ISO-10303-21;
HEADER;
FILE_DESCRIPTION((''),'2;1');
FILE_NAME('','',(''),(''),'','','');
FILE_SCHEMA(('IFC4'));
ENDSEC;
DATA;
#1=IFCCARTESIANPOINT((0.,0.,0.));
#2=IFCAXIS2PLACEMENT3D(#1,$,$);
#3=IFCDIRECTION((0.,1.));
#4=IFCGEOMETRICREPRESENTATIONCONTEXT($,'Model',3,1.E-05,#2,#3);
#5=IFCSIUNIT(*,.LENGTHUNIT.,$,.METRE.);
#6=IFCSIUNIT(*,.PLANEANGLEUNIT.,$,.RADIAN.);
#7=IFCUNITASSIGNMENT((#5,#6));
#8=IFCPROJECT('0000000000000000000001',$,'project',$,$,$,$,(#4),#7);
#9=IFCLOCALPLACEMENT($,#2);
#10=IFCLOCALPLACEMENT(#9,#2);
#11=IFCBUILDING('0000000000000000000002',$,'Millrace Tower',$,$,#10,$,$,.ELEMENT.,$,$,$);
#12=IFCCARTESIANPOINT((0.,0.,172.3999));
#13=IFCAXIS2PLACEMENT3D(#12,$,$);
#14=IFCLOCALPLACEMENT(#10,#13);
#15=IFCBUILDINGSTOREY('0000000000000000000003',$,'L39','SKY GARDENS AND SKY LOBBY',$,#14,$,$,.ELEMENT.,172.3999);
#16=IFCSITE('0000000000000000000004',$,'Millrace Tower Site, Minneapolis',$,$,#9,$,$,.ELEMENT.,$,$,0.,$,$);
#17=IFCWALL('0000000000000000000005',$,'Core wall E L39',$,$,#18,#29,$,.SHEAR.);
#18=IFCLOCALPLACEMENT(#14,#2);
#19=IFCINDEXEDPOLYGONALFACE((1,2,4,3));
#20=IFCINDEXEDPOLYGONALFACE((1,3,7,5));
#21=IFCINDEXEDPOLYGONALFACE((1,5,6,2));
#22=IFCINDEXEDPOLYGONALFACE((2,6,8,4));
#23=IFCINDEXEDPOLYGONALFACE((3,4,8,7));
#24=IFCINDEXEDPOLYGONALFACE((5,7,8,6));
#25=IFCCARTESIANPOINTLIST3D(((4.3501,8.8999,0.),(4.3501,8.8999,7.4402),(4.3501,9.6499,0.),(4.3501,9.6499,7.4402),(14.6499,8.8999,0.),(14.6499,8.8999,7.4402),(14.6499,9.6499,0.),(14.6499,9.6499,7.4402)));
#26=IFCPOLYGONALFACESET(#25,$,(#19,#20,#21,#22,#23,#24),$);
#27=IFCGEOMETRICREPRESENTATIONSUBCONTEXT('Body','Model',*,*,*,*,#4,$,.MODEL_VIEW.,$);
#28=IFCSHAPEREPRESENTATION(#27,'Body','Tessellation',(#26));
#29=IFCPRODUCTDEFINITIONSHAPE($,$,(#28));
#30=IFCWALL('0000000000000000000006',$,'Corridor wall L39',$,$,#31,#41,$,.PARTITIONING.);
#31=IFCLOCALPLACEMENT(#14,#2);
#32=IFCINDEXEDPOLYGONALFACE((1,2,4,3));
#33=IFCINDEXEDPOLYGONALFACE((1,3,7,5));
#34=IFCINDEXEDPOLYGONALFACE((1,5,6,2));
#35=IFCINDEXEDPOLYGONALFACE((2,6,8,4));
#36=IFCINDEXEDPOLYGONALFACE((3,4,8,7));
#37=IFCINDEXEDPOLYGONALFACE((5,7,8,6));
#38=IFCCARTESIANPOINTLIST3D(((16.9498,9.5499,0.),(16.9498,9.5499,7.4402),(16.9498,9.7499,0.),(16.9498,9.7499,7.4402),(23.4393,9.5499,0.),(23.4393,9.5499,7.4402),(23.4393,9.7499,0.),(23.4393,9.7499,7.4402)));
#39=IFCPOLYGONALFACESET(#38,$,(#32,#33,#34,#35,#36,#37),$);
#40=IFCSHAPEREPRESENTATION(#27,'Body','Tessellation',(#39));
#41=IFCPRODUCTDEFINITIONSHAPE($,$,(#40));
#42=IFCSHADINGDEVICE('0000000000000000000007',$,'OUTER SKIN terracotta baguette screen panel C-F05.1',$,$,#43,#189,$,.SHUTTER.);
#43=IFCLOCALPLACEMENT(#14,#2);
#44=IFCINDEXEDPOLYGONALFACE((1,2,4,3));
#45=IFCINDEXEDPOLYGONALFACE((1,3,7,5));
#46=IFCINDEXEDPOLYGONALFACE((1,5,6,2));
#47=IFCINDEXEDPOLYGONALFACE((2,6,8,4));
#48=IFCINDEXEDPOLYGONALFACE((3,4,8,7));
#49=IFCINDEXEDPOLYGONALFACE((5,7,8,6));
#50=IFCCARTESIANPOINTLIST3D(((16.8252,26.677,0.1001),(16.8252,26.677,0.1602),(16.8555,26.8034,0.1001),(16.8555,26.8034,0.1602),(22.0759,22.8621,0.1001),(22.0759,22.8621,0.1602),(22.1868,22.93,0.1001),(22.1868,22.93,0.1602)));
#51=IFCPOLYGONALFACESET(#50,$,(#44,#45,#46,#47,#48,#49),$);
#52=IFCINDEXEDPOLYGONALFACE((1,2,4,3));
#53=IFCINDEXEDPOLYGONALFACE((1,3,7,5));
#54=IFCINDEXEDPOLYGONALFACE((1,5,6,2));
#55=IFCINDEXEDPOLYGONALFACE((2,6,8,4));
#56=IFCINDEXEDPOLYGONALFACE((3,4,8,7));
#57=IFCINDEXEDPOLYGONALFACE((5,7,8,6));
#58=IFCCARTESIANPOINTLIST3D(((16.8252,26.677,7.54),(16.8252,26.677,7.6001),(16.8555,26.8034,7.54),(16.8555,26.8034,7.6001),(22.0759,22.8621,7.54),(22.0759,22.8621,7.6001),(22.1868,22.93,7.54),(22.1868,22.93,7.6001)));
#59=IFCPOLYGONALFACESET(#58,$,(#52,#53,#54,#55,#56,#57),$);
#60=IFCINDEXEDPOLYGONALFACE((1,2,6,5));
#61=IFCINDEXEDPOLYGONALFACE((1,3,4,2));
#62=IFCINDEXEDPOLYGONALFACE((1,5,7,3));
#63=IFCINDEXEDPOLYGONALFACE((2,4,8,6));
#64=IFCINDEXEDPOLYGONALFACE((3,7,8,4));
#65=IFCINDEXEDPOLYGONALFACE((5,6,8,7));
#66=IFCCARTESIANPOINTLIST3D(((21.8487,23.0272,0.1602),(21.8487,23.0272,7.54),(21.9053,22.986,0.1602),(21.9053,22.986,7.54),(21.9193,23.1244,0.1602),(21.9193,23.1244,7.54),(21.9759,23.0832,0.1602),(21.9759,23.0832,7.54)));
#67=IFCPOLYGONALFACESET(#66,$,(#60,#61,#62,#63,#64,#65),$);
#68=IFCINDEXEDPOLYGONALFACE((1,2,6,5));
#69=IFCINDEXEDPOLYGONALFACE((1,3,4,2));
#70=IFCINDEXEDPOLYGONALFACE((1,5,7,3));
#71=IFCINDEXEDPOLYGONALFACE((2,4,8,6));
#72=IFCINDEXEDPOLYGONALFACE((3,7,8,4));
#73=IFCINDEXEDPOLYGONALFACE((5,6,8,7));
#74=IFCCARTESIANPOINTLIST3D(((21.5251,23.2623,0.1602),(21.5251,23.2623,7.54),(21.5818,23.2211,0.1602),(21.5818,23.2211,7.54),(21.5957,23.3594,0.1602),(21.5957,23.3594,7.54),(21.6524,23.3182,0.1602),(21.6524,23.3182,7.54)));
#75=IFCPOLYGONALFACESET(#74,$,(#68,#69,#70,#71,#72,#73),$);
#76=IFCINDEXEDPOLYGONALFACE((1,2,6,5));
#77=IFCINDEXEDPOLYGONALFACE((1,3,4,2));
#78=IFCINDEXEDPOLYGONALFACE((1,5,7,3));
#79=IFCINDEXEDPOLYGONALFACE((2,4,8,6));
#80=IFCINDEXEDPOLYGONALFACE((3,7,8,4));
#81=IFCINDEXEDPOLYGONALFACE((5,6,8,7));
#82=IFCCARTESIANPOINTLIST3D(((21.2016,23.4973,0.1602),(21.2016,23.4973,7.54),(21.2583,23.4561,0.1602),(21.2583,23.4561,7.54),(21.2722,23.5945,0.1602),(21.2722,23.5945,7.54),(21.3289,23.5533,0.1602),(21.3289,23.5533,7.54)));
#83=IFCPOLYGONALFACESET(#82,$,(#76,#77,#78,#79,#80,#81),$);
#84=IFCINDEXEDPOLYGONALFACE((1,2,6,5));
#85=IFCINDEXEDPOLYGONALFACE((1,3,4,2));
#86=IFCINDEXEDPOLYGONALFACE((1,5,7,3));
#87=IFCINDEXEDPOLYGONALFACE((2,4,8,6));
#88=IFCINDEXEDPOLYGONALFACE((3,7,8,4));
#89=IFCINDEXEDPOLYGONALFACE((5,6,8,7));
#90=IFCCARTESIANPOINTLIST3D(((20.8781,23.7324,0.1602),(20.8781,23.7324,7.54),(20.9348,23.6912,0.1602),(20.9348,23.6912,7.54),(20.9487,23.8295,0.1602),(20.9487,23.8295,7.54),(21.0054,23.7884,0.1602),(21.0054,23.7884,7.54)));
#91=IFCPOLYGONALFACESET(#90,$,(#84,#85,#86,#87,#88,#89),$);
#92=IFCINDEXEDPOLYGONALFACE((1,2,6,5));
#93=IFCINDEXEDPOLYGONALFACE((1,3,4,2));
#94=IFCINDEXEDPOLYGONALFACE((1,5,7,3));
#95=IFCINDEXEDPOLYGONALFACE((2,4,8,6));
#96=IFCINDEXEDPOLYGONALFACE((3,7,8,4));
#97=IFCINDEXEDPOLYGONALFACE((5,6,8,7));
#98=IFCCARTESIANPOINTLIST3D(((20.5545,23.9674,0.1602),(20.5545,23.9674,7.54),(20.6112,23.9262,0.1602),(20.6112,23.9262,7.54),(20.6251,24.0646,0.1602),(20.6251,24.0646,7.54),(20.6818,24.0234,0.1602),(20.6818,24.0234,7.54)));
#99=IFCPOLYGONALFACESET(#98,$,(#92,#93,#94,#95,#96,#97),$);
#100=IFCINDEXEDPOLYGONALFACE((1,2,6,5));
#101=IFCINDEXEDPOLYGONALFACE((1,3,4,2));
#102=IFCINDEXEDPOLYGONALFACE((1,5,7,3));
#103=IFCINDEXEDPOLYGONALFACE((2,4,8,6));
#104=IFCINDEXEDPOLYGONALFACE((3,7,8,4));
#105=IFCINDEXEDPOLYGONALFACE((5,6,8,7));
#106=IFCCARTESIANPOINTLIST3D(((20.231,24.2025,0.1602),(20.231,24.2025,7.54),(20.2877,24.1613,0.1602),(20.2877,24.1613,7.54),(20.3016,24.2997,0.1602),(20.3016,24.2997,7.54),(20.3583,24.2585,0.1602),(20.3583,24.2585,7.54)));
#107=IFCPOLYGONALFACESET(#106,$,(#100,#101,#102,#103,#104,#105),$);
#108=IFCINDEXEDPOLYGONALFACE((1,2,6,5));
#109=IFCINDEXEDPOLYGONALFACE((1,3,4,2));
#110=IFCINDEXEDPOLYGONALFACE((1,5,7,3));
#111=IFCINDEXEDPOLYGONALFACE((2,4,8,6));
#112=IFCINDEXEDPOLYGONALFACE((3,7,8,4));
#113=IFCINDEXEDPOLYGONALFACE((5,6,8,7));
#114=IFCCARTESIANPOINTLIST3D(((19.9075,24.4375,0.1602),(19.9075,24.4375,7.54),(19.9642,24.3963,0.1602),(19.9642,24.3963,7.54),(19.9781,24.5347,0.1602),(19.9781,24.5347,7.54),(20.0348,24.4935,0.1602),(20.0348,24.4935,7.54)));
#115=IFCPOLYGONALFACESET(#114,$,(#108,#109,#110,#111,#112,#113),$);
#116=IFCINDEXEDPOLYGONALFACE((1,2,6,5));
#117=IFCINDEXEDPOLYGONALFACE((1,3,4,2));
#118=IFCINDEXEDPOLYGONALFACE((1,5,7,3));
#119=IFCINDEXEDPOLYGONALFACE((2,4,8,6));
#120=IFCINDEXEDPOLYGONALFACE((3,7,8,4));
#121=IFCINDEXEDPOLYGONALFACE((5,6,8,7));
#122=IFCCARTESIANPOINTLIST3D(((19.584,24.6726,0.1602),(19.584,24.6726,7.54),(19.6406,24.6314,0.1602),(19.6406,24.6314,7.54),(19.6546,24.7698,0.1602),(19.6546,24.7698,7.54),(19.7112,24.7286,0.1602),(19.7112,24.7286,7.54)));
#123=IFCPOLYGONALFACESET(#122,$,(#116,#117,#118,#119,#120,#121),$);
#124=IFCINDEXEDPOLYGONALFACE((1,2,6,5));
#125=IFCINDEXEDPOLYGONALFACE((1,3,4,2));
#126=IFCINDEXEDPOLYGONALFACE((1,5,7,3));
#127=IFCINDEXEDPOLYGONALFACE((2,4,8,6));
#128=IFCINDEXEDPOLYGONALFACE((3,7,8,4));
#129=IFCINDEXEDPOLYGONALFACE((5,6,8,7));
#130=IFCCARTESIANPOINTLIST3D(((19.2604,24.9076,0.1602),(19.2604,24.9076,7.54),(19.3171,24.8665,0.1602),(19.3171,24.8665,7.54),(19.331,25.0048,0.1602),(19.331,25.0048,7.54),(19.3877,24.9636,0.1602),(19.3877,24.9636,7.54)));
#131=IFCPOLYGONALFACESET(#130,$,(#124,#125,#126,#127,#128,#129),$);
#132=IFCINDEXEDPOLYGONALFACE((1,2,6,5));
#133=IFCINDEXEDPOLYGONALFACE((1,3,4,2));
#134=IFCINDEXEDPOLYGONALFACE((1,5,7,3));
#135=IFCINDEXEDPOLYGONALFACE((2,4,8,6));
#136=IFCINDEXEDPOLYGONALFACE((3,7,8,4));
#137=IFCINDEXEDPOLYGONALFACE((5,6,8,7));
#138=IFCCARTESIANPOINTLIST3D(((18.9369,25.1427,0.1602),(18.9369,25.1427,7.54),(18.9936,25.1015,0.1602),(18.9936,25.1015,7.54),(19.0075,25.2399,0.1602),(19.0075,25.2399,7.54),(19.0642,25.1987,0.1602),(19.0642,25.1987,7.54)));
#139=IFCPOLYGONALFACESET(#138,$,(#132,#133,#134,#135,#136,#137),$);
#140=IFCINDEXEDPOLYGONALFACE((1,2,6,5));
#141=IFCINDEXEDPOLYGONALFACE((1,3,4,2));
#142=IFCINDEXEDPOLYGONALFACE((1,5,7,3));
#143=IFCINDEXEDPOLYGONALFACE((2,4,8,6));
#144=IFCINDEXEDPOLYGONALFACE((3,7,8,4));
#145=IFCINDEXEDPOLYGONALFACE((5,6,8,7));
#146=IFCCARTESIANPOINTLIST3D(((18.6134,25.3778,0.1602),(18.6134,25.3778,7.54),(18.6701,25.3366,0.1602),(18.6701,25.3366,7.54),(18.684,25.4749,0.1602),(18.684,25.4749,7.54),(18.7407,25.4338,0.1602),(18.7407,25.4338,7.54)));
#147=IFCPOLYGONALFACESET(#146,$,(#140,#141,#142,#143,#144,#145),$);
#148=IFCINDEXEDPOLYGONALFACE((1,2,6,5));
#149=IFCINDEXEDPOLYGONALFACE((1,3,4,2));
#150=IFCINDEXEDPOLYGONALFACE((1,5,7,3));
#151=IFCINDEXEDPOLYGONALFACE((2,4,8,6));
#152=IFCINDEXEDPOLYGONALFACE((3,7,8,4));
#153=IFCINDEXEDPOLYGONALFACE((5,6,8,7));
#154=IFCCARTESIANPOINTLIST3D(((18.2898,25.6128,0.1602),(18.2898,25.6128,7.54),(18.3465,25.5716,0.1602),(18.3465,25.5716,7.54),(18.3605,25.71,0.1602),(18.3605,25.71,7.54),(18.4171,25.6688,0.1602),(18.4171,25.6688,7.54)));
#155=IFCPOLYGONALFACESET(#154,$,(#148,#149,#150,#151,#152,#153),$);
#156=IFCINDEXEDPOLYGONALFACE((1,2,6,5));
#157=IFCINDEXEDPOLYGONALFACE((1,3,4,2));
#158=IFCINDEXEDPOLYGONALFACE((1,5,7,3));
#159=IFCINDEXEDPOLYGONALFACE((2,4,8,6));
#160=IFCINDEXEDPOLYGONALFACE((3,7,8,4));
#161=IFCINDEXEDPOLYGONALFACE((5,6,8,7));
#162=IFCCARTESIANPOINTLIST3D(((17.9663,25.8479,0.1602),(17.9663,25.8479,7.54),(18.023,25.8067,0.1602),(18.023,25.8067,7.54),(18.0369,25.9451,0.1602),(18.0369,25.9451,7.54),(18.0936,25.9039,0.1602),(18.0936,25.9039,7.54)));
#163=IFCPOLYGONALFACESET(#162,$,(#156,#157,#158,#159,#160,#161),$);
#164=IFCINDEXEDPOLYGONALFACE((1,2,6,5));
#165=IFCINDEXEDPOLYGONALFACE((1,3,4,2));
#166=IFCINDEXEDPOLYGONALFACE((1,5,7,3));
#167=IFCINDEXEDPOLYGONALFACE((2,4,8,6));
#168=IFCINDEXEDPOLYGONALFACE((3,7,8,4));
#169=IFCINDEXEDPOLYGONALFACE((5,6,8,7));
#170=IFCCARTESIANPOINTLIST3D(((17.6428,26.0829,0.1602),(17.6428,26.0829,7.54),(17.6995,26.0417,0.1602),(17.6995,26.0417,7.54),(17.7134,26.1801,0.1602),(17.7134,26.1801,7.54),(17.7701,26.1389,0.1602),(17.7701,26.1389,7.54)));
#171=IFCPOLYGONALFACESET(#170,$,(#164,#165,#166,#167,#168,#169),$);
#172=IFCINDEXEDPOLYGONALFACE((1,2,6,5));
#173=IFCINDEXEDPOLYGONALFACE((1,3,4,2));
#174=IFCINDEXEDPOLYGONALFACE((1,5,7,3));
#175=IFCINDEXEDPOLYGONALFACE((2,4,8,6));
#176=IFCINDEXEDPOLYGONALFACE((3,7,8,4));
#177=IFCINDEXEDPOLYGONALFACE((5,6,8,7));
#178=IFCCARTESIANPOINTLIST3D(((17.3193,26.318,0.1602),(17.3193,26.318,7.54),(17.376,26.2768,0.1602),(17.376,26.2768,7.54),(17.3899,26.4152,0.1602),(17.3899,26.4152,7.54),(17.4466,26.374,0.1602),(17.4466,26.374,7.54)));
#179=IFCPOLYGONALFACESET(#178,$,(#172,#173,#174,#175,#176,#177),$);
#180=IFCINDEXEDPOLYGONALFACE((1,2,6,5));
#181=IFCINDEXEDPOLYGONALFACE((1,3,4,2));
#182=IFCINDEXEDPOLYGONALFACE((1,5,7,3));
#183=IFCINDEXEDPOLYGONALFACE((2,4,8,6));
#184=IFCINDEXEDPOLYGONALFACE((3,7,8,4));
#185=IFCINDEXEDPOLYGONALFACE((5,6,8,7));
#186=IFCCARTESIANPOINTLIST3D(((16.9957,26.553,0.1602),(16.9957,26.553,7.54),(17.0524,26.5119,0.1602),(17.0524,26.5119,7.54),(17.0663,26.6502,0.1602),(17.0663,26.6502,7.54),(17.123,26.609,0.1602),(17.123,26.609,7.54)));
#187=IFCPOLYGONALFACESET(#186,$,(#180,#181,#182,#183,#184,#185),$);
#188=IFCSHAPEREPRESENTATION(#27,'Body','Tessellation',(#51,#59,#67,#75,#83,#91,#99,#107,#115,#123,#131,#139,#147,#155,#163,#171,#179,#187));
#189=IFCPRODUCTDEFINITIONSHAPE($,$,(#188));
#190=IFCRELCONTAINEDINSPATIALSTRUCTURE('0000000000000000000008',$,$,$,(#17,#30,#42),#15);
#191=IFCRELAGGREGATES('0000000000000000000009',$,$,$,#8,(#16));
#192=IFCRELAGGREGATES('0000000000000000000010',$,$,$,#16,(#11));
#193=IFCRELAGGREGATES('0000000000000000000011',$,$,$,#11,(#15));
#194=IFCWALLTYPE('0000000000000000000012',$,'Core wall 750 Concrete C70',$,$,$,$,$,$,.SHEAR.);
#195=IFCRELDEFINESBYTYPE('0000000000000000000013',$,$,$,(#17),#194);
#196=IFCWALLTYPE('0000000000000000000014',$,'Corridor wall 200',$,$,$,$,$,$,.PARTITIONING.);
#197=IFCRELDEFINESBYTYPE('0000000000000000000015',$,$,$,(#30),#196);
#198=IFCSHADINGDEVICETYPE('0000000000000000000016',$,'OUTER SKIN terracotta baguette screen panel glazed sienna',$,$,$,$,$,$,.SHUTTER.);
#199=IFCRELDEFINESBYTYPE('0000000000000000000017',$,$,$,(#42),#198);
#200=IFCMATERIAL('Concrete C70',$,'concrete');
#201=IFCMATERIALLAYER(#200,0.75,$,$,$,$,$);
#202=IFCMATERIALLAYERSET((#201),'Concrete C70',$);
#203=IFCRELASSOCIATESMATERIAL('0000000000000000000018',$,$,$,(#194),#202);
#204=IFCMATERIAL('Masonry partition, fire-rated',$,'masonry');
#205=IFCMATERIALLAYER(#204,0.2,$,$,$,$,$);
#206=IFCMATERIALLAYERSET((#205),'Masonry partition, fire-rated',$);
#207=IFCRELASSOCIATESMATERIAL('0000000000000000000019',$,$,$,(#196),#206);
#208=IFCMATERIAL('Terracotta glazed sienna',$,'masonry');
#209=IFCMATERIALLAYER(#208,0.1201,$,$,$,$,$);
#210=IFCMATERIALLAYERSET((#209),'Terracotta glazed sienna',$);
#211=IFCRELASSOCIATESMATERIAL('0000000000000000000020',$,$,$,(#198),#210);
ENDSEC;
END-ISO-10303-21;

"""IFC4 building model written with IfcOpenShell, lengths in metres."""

from ifc_helpers import new_model, entity, si_unit, direction, frame, frame_2d, origin, place, context, subcontext, project, spatial, rectangle, extrude, source, transform, mapped, material, layer, layer_set, type_object, element, save


model = new_model("IFC4")

# Units and contexts
model_context = context("Model", 3, precision=1e-05, world=origin(), true_north=direction((0.0, 1.0)))
body_context = subcontext(model_context, "Body", "Model", "MODEL_VIEW")
ifc_project = project(units=[si_unit("LENGTHUNIT", "METRE"), si_unit("PLANEANGLEUNIT", "RADIAN")], contexts=[model_context])

# Site, building, storey
site_placement = place(None, origin())
site = spatial("IfcSite", under=ifc_project, at=site_placement, Name="Millrace Tower Site, Minneapolis", CompositionType="ELEMENT", RefElevation=0.0)
building_placement = place(site_placement, origin())
building = spatial("IfcBuilding", under=site, at=building_placement, Name="Millrace Tower", CompositionType="ELEMENT")
storey_placement = place(building_placement, frame((0.0, 0.0, 172.3999)))
storey = spatial("IfcBuildingStorey", under=building, at=storey_placement, Name="L39", Description="SKY GARDENS AND SKY LOBBY", CompositionType="ELEMENT", Elevation=172.3999)

# Walls
ifc_material_1 = material(Name="Concrete C70", Category="concrete")
ifc_layer_1 = layer(ifc_material_1, 0.75)
ifc_layer_set_1 = layer_set([ifc_layer_1], Name="Concrete C70")
wall_type_1 = type_object("IfcWallType", Name="Core wall 750 Concrete C70", PredefinedType="SHEAR", material=ifc_layer_set_1)
wall_1_placement = place(storey_placement, frame((14.6499, 9.2749, 0.0), z_axis=(0.0, 0.0, 1.0), x_axis=(-1.0, 0.0, 0.0)))
element("IfcWall", 1, at=wall_1_placement, inside=storey, type_object=wall_type_1, Name="Core wall E L39", PredefinedType="SHEAR", context=body_context, shape_type="SweptSolid", body=[
    extrude(rectangle(XDim=10.2998, YDim=0.75, at=frame_2d((5.1499, 0.0))), origin(), (0.0, 0.0, 1.0), 7.4402),
])
ifc_material_2 = material(Name="Masonry partition, fire-rated", Category="masonry")
ifc_layer_2 = layer(ifc_material_2, 0.2)
ifc_layer_set_2 = layer_set([ifc_layer_2], Name="Masonry partition, fire-rated")
wall_type_2 = type_object("IfcWallType", Name="Corridor wall 200", PredefinedType="PARTITIONING", material=ifc_layer_set_2)
wall_2_placement = place(storey_placement, frame((16.95, 9.6499, 0.0), z_axis=(0.0, 0.0, 1.0), x_axis=(1.0, 0.0, 0.0)))
element("IfcWall", 2, at=wall_2_placement, inside=storey, type_object=wall_type_2, Name="Corridor wall L39", PredefinedType="PARTITIONING", context=body_context, shape_type="SweptSolid", body=[
    extrude(rectangle(XDim=6.4895, YDim=0.2, at=frame_2d((3.2446, 0.0))), origin(), (0.0, 0.0, 1.0), 7.4402),
])

# Shading device
ifc_material_3 = material(Name="Terracotta glazed sienna", Category="masonry")
ifc_layer_3 = layer(ifc_material_3, 0.1201)
ifc_layer_set_3 = layer_set([ifc_layer_3], Name="Terracotta glazed sienna")
shading_device_type = type_object("IfcShadingDeviceType", Name="OUTER SKIN terracotta baguette screen panel glazed sienna", PredefinedType="SHUTTER", material=ifc_layer_set_3)
cartesian_point_1 = entity("IfcCartesianPoint", [-3.2451, 0.0601])
shared_polyline_1 = entity("IfcPolyline", [cartesian_point_1, entity("IfcCartesianPoint", [3.2451, 0.0601]), entity("IfcCartesianPoint", [3.2949, -0.0601]), entity("IfcCartesianPoint", [-3.2949, -0.0601]), cartesian_point_1])
shared_shape_1 = source(origin(), body_context, "Body", "SweptSolid", [
    entity("IfcExtrudedAreaSolid", entity("IfcArbitraryClosedProfileDef", "AREA", None, shared_polyline_1), entity("IfcAxis2Placement3D", entity("IfcCartesianPoint", [0.0, 0.0, 0.0])), entity("IfcDirection", [0.0, 0.0, 1.0]), 0.0601),
    entity("IfcExtrudedAreaSolid", entity("IfcArbitraryClosedProfileDef", "AREA", None, shared_polyline_1), entity("IfcAxis2Placement3D", entity("IfcCartesianPoint", [0.0, 0.0, 7.4399])), entity("IfcDirection", [0.0, 0.0, 1.0]), 0.0601),
    extrude(rectangle(XDim=0.0701, YDim=0.1201, at=frame_2d((-2.9993, 0.0))), frame((0.0, 0.0, 0.0601)), (0.0, 0.0, 1.0), 7.3799),
    extrude(rectangle(XDim=0.0701, YDim=0.1201, at=frame_2d((-2.5994, 0.0))), frame((0.0, 0.0, 0.0601)), (0.0, 0.0, 1.0), 7.3799),
    extrude(rectangle(XDim=0.0701, YDim=0.1201, at=frame_2d((-2.1995, 0.0))), frame((0.0, 0.0, 0.0601)), (0.0, 0.0, 1.0), 7.3799),
    extrude(rectangle(XDim=0.0701, YDim=0.1201, at=frame_2d((-1.7996, 0.0))), frame((0.0, 0.0, 0.0601)), (0.0, 0.0, 1.0), 7.3799),
    extrude(rectangle(XDim=0.0701, YDim=0.1201, at=frame_2d((-1.3997, 0.0))), frame((0.0, 0.0, 0.0601)), (0.0, 0.0, 1.0), 7.3799),
    extrude(rectangle(XDim=0.0701, YDim=0.1201, at=frame_2d((-0.9998, 0.0))), frame((0.0, 0.0, 0.0601)), (0.0, 0.0, 1.0), 7.3799),
    extrude(rectangle(XDim=0.0701, YDim=0.1201, at=frame_2d((-0.5999, 0.0))), frame((0.0, 0.0, 0.0601)), (0.0, 0.0, 1.0), 7.3799),
    extrude(rectangle(XDim=0.0701, YDim=0.1201, at=frame_2d((-0.2, 0.0))), frame((0.0, 0.0, 0.0601)), (0.0, 0.0, 1.0), 7.3799),
    extrude(rectangle(XDim=0.0701, YDim=0.1201, at=frame_2d((0.2, 0.0))), frame((0.0, 0.0, 0.0601)), (0.0, 0.0, 1.0), 7.3799),
    extrude(rectangle(XDim=0.0701, YDim=0.1201, at=frame_2d((0.5999, 0.0))), frame((0.0, 0.0, 0.0601)), (0.0, 0.0, 1.0), 7.3799),
    extrude(rectangle(XDim=0.0701, YDim=0.1201, at=frame_2d((0.9998, 0.0))), frame((0.0, 0.0, 0.0601)), (0.0, 0.0, 1.0), 7.3799),
    extrude(rectangle(XDim=0.0701, YDim=0.1201, at=frame_2d((1.3997, 0.0))), frame((0.0, 0.0, 0.0601)), (0.0, 0.0, 1.0), 7.3799),
    extrude(rectangle(XDim=0.0701, YDim=0.1201, at=frame_2d((1.7996, 0.0))), frame((0.0, 0.0, 0.0601)), (0.0, 0.0, 1.0), 7.3799),
    extrude(rectangle(XDim=0.0701, YDim=0.1201, at=frame_2d((2.1995, 0.0))), frame((0.0, 0.0, 0.0601)), (0.0, 0.0, 1.0), 7.3799),
    extrude(rectangle(XDim=0.0701, YDim=0.1201, at=frame_2d((2.5994, 0.0))), frame((0.0, 0.0, 0.0601)), (0.0, 0.0, 1.0), 7.3799),
    extrude(rectangle(XDim=0.0701, YDim=0.1201, at=frame_2d((2.9993, 0.0))), frame((0.0, 0.0, 0.0601)), (0.0, 0.0, 1.0), 7.3799),
])
shading_device_1_placement = place(storey_placement, frame((19.4858, 24.8181, 0.1001), z_axis=(0.0, 0.0, 1.0), x_axis=(-0.809017, 0.587785, 0.0)))
element("IfcShadingDevice", 3, at=shading_device_1_placement, inside=storey, type_object=shading_device_type, Name="OUTER SKIN terracotta baguette screen panel C-F05.1", PredefinedType="SHUTTER", context=body_context, shape_type="MappedRepresentation", body=[
    mapped(shared_shape_1, transform((0.0, 0.0, 0.0), scale=1.0)),
])

save(model, "model.ifc")
